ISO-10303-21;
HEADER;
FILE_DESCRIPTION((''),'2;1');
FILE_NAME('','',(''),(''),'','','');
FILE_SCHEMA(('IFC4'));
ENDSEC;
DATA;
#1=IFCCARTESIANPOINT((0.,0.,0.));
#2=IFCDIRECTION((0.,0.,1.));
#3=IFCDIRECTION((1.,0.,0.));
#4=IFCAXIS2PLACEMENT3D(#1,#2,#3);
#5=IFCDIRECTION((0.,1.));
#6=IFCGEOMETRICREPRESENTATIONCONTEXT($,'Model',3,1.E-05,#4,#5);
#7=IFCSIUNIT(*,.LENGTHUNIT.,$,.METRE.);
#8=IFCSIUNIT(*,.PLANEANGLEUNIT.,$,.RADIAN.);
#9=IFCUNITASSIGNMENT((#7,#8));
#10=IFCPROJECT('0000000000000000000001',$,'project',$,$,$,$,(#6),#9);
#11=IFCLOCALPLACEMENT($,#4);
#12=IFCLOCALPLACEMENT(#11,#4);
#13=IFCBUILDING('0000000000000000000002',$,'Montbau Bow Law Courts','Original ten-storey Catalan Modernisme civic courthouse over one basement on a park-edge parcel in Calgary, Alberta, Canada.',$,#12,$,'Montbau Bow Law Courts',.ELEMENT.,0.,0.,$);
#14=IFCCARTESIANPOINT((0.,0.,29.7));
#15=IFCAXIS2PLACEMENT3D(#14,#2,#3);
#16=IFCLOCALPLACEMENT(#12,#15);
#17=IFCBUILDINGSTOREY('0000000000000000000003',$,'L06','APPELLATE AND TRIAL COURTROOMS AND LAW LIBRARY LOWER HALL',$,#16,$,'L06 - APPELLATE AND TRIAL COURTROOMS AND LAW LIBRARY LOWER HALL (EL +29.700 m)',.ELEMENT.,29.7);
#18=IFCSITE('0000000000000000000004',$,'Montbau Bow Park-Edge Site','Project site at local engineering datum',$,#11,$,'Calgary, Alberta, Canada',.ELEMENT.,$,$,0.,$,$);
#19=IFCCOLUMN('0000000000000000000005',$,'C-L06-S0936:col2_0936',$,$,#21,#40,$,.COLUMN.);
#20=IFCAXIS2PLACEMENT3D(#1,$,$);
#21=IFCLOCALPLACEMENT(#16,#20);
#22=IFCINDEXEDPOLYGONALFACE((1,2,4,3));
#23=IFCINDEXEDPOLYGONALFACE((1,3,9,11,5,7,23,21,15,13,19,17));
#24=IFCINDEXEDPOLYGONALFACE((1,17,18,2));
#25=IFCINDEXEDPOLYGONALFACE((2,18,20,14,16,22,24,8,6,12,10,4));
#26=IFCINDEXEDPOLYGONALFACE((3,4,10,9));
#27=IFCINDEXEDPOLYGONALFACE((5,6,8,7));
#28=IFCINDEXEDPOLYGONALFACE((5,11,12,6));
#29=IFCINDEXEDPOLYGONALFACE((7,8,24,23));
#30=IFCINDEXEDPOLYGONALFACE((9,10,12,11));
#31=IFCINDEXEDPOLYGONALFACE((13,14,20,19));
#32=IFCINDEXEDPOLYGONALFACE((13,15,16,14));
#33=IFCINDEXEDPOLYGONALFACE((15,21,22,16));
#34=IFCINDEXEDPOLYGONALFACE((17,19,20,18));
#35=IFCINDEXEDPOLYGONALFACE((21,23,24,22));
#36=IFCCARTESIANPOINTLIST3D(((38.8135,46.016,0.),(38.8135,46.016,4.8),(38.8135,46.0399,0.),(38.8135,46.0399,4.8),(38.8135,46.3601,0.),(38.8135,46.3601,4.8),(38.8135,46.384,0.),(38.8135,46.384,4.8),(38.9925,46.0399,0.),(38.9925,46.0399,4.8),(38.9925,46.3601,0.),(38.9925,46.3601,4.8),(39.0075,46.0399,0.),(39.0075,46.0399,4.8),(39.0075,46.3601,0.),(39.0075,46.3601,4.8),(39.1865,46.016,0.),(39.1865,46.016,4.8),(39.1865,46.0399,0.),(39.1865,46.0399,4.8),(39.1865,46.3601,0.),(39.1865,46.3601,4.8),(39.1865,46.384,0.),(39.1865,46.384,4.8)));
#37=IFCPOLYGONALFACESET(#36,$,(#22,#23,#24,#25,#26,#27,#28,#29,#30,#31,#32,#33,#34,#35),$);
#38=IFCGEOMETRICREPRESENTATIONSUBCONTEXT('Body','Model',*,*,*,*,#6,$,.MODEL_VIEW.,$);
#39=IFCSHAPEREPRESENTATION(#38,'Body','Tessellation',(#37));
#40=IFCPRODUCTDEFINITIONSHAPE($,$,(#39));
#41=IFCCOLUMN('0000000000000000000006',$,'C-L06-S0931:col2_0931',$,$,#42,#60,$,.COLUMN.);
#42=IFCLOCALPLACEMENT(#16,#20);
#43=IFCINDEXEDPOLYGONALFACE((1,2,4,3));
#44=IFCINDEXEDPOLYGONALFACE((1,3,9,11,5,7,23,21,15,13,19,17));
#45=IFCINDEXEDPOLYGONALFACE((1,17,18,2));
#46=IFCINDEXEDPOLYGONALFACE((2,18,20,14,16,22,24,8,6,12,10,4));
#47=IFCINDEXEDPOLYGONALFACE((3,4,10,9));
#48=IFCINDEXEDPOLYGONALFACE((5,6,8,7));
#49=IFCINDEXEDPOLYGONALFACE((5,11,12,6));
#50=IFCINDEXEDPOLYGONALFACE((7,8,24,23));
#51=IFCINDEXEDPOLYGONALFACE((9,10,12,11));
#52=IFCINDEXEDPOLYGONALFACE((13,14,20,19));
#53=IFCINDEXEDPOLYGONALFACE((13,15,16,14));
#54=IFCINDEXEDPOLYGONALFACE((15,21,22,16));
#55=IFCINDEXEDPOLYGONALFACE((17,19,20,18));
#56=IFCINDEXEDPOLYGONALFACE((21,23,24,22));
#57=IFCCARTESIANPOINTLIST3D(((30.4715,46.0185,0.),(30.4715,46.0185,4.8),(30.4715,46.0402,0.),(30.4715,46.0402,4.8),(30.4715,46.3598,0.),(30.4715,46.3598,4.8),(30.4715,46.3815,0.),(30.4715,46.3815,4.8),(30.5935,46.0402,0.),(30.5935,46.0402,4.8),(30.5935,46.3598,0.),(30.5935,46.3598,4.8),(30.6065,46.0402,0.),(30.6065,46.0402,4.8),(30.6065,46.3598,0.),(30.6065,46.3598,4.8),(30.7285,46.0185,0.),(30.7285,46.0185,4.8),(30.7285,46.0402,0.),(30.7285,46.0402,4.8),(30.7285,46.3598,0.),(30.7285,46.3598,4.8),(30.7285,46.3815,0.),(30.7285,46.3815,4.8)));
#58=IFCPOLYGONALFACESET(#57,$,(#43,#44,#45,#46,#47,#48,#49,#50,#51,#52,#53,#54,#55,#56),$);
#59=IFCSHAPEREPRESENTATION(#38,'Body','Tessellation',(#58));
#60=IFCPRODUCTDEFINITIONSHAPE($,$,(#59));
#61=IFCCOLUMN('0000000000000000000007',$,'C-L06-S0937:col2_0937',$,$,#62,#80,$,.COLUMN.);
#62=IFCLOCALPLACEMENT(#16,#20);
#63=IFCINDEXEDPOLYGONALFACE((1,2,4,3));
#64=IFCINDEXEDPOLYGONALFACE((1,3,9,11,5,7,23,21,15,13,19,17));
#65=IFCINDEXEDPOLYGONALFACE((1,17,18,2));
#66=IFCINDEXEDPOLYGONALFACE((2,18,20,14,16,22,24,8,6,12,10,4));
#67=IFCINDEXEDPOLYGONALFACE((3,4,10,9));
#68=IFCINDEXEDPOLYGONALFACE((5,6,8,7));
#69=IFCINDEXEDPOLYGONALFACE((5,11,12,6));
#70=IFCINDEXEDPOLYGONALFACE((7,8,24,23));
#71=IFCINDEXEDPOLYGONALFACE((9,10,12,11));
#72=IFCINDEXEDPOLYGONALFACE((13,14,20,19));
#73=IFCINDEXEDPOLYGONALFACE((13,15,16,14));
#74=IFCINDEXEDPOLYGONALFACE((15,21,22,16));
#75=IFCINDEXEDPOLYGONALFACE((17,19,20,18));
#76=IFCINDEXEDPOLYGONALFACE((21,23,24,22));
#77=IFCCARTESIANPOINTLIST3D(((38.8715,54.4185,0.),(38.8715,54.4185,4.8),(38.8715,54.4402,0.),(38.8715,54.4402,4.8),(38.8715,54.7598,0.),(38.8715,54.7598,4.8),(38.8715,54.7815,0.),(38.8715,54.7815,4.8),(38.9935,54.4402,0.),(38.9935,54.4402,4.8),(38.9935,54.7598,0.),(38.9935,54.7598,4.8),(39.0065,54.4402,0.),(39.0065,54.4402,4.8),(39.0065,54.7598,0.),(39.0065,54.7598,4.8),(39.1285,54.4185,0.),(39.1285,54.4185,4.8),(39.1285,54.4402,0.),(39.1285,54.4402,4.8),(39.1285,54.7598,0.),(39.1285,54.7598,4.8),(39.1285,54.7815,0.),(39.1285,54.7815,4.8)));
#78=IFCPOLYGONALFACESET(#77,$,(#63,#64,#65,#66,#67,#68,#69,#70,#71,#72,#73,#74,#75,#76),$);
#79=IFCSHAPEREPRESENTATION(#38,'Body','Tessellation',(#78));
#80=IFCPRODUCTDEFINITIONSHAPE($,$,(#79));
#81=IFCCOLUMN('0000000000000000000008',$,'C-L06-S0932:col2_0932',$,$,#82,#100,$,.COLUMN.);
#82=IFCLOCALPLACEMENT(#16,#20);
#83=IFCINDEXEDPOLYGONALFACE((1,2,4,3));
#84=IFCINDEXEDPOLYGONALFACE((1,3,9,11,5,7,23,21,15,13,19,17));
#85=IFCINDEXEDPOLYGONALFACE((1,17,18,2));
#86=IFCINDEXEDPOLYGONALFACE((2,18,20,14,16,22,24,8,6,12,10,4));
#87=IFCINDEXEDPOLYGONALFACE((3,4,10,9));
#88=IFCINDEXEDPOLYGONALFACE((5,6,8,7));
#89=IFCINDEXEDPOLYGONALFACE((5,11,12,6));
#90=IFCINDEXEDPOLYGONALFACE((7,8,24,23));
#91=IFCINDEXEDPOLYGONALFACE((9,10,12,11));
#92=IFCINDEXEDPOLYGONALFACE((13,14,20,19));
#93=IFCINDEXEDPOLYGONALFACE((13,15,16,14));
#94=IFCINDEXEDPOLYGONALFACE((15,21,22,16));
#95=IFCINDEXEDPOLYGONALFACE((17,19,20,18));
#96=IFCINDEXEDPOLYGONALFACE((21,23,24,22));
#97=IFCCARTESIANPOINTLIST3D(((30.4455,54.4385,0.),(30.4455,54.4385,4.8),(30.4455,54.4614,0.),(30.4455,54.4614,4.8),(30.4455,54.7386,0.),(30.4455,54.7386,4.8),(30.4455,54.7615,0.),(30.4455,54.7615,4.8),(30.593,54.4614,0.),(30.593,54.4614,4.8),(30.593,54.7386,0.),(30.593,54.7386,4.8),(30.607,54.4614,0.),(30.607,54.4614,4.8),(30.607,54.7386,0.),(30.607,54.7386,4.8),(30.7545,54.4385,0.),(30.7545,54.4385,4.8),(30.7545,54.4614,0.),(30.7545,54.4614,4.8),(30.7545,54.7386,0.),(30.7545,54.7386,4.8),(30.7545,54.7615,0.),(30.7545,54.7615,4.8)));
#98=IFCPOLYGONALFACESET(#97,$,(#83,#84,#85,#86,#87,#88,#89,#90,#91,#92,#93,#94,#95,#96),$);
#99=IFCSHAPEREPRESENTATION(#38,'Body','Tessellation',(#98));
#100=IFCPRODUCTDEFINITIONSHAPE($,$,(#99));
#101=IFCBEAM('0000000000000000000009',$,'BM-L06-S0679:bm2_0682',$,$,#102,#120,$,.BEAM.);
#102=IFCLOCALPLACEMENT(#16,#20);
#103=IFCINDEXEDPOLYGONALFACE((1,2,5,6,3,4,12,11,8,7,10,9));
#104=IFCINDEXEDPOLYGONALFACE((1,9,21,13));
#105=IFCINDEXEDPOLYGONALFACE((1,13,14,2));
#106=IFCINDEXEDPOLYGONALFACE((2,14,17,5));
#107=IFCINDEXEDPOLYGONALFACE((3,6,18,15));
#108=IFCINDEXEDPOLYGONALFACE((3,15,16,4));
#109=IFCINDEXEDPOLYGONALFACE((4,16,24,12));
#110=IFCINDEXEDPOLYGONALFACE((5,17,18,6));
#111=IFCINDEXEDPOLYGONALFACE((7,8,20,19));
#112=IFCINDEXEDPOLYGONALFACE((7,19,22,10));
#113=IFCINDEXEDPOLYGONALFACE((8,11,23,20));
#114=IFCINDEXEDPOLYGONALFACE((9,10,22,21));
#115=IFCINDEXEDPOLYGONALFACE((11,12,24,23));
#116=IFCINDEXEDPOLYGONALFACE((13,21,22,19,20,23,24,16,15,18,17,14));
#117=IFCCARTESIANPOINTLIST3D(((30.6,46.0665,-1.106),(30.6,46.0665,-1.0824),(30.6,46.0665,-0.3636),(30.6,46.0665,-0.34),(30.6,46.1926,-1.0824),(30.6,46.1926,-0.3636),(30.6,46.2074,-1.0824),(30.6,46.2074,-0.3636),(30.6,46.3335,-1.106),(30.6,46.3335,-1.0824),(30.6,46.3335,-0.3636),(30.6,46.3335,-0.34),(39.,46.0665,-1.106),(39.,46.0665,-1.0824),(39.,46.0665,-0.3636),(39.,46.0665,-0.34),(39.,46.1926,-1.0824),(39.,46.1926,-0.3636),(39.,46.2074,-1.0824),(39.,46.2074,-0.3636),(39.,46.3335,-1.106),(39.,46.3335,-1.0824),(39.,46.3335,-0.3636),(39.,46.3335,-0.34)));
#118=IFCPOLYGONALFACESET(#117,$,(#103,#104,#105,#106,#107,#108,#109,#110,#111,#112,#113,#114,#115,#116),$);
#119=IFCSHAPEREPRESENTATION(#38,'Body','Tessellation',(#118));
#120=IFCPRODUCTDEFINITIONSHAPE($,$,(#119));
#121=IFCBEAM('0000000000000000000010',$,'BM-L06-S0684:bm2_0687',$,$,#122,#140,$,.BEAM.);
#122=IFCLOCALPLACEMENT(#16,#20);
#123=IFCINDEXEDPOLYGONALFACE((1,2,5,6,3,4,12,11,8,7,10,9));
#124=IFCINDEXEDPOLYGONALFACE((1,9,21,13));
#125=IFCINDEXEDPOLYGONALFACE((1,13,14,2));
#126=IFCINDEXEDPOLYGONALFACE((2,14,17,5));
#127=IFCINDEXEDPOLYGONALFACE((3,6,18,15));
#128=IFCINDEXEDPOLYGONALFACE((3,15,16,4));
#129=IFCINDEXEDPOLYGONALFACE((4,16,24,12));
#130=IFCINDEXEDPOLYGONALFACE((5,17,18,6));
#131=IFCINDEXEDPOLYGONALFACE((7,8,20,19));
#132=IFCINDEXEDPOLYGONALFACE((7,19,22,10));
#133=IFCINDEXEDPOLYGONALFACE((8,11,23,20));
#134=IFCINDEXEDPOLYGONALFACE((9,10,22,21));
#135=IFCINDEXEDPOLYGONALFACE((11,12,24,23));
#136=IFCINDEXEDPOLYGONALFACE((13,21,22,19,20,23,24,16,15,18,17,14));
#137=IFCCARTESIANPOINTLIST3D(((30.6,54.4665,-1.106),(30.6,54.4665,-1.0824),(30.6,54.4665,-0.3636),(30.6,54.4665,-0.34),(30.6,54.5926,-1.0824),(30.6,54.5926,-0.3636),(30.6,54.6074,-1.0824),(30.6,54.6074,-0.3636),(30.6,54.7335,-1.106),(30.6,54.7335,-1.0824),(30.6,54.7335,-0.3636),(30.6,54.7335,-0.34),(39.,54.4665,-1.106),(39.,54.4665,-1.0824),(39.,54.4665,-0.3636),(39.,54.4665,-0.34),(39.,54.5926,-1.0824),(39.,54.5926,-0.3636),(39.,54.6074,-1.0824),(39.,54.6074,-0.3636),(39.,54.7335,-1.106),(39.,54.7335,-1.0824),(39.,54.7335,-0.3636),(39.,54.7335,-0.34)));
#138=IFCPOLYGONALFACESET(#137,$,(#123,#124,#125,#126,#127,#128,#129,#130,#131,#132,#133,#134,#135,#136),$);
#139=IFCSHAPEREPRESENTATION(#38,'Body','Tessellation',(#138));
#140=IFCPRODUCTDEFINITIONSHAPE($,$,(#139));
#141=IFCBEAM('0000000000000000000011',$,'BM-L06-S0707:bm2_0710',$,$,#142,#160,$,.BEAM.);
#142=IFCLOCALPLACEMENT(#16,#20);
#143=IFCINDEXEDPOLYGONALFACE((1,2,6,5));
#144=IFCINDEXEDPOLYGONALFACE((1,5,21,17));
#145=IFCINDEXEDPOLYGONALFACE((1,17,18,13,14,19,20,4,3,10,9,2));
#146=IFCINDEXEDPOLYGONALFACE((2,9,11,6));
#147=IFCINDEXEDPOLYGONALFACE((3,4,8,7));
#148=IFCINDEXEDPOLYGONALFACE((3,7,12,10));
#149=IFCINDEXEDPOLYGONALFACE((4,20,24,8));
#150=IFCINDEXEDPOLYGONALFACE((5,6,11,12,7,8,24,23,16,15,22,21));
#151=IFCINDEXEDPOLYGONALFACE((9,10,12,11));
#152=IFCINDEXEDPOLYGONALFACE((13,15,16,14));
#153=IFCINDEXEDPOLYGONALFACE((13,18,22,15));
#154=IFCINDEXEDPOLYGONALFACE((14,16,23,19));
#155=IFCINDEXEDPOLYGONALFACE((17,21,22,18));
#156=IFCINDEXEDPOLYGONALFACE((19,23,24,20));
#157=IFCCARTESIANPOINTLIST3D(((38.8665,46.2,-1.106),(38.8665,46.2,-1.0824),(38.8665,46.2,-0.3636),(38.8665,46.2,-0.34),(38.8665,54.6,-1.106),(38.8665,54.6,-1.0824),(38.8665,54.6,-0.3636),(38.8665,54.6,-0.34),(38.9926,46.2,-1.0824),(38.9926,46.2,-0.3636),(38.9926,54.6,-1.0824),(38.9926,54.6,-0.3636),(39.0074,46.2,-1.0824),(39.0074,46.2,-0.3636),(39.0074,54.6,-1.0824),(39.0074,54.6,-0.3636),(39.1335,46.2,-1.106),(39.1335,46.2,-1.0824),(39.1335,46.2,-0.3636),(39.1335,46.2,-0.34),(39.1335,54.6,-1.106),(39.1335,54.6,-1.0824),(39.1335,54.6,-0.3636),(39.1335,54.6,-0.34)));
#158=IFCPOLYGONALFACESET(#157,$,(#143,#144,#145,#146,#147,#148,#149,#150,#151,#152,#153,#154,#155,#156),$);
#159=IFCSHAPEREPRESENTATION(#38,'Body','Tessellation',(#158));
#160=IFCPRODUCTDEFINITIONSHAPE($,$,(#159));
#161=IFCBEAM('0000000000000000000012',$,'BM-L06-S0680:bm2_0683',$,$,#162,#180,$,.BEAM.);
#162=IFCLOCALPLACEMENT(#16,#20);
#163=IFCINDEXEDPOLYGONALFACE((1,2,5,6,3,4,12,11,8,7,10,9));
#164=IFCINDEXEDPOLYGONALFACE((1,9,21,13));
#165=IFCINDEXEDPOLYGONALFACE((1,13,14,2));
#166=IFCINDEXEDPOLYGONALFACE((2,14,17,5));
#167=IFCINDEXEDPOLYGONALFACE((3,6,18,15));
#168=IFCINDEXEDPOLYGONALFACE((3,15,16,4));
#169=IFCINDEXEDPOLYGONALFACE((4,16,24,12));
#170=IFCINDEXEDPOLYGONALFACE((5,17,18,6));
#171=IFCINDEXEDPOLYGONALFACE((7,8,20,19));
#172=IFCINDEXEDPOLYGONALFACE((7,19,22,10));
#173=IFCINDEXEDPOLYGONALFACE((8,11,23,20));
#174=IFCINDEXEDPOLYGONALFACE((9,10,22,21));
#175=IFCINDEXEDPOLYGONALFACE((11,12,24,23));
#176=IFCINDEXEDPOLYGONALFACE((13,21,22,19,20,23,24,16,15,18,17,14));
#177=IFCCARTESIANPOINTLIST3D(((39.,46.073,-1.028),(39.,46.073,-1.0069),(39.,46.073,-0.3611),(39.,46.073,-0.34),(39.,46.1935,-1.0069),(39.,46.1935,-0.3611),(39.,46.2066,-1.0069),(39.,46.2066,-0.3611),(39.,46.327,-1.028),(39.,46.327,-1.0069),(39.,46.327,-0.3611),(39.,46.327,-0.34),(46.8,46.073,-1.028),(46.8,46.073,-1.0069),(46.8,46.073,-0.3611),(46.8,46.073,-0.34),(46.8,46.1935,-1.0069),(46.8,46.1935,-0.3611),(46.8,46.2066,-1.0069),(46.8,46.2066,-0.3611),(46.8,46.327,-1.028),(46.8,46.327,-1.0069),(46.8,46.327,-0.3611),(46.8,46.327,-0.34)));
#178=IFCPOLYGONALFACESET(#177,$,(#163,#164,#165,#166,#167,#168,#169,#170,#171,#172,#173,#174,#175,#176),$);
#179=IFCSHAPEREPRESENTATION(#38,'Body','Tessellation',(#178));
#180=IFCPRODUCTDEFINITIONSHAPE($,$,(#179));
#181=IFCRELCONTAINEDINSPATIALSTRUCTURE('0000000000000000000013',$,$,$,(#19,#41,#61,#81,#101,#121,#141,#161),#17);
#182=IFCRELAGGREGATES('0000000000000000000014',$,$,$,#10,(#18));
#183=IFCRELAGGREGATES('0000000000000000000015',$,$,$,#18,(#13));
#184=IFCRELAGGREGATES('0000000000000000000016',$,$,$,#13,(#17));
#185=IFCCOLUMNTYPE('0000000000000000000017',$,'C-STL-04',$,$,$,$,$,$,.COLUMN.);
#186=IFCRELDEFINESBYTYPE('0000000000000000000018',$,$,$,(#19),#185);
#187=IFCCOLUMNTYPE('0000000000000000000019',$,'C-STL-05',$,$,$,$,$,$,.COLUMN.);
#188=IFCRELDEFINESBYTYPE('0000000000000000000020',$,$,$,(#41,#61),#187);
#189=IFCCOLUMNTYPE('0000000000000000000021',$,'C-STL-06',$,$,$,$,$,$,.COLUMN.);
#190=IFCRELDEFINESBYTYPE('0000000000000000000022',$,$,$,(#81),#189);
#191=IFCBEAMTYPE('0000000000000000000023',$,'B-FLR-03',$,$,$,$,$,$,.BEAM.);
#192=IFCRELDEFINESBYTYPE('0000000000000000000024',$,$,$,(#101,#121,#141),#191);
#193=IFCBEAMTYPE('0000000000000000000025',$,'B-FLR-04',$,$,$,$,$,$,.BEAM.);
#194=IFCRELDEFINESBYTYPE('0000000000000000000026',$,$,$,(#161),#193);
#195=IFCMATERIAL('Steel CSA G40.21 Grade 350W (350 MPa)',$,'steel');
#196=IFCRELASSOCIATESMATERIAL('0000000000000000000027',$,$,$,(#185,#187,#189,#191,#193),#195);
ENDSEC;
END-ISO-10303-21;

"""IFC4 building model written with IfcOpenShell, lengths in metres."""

from ifc_helpers import new_model, si_unit, direction, frame, origin_with_axes, origin_2d_with_axis, place, context, subcontext, project, spatial, i_section, extrude, material, material_profile, profile_set, type_object, element, save


model = new_model("IFC4")

# Units and contexts
model_context = context("Model", 3, precision=1e-05, world=origin_with_axes(), true_north=direction((0.0, 1.0)))
body_context = subcontext(model_context, "Body", "Model", "MODEL_VIEW")
ifc_project = project(units=[si_unit("LENGTHUNIT", "METRE"), si_unit("PLANEANGLEUNIT", "RADIAN")], contexts=[model_context])

# Site, building, storey
site_placement = place(None, origin_with_axes())
site = spatial("IfcSite", under=ifc_project, at=site_placement, Name="Montbau Bow Park-Edge Site", Description="Project site at local engineering datum", LongName="Calgary, Alberta, Canada", CompositionType="ELEMENT", RefElevation=0.0)
building_placement = place(site_placement, origin_with_axes())
building = spatial("IfcBuilding", under=site, at=building_placement, Name="Montbau Bow Law Courts", Description="Original ten-storey Catalan Modernisme civic courthouse over one basement on a park-edge parcel in Calgary, Alberta, Canada.", LongName="Montbau Bow Law Courts", CompositionType="ELEMENT", ElevationOfRefHeight=0.0, ElevationOfTerrain=0.0)
storey_placement = place(building_placement, frame((0.0, 0.0, 29.7), z_axis=(0.0, 0.0, 1.0), x_axis=(1.0, 0.0, 0.0)))
storey = spatial("IfcBuildingStorey", under=building, at=storey_placement, Name="L06", Description="APPELLATE AND TRIAL COURTROOMS AND LAW LIBRARY LOWER HALL", LongName="L06 - APPELLATE AND TRIAL COURTROOMS AND LAW LIBRARY LOWER HALL (EL +29.700 m)", CompositionType="ELEMENT", Elevation=29.7)

# Columns
ifc_material_1 = material(Name="Steel CSA G40.21 Grade 350W (350 MPa)", Category="steel")
ifc_material_profile_1 = material_profile(ifc_material_1, i_section(OverallWidth=0.373, OverallDepth=0.368, WebThickness=0.015, FlangeThickness=0.0239, at=origin_2d_with_axis()), Name="W360X179", Category="Main", Priority=0)
ifc_profile_set_1 = profile_set([ifc_material_profile_1], Name="Steel CSA G40.21 Grade 350W (350 MPa)")
column_type_1 = type_object("IfcColumnType", Name="C-STL-04", PredefinedType="COLUMN", material=ifc_profile_set_1)
column_1_placement = place(None, frame((39.0, 46.2, 29.7), z_axis=(0.0, 0.0, 1.0), x_axis=(1.0, 0.0, 0.0)))
element("IfcColumn", 1, at=column_1_placement, inside=storey, type_object=column_type_1, Name="C-L06-S0936:col2_0936", PredefinedType="COLUMN", context=body_context, shape_type="SweptSolid", body=[
    extrude(i_section(OverallWidth=0.373, OverallDepth=0.368, WebThickness=0.015, FlangeThickness=0.0239, at=origin_2d_with_axis()), origin_with_axes(), (0.0, 0.0, 1.0), 4.8),
])
ifc_material_profile_2 = material_profile(ifc_material_1, i_section(OverallWidth=0.257, OverallDepth=0.363, WebThickness=0.013, FlangeThickness=0.0217, at=origin_2d_with_axis()), Name="W360X122", Category="Main", Priority=0)
ifc_profile_set_2 = profile_set([ifc_material_profile_2], Name="Steel CSA G40.21 Grade 350W (350 MPa)")
column_type_2 = type_object("IfcColumnType", Name="C-STL-05", PredefinedType="COLUMN", material=ifc_profile_set_2)
for number, where, z_axis, x_axis, name in (
    (2, (30.6, 46.2, 29.7), (0.0, 0.0, 1.0), (1.0, 0.0, 0.0), "C-L06-S0931:col2_0931"),
    (3, (39.0, 54.6, 29.7), (0.0, 0.0, 1.0), (1.0, 0.0, 0.0), "C-L06-S0937:col2_0937"),
):
    element("IfcColumn", number, at=place(None, frame(where, z_axis=z_axis, x_axis=x_axis)), inside=storey, type_object=column_type_2, Name=name, PredefinedType="COLUMN", context=body_context, shape_type="SweptSolid", body=[
        extrude(i_section(OverallWidth=0.257, OverallDepth=0.363, WebThickness=0.013, FlangeThickness=0.0217, at=origin_2d_with_axis()), origin_with_axes(), (0.0, 0.0, 1.0), 4.8),
    ])
ifc_material_profile_3 = material_profile(ifc_material_1, i_section(OverallWidth=0.309, OverallDepth=0.323, WebThickness=0.014, FlangeThickness=0.0229, at=origin_2d_with_axis()), Name="W310X143", Category="Main", Priority=0)
ifc_profile_set_3 = profile_set([ifc_material_profile_3], Name="Steel CSA G40.21 Grade 350W (350 MPa)")
column_type_3 = type_object("IfcColumnType", Name="C-STL-06", PredefinedType="COLUMN", material=ifc_profile_set_3)
column_2_placement = place(None, frame((30.6, 54.6, 29.7), z_axis=(0.0, 0.0, 1.0), x_axis=(1.0, 0.0, 0.0)))
element("IfcColumn", 4, at=column_2_placement, inside=storey, type_object=column_type_3, Name="C-L06-S0932:col2_0932", PredefinedType="COLUMN", context=body_context, shape_type="SweptSolid", body=[
    extrude(i_section(OverallWidth=0.309, OverallDepth=0.323, WebThickness=0.014, FlangeThickness=0.0229, at=origin_2d_with_axis()), origin_with_axes(), (0.0, 0.0, 1.0), 4.8),
])

# Beams
ifc_material_profile_4 = material_profile(ifc_material_1, i_section(OverallWidth=0.267, OverallDepth=0.766, WebThickness=0.0149, FlangeThickness=0.0236, at=origin_2d_with_axis()), Name="W760X185", Category="Main", Priority=0)
ifc_profile_set_4 = profile_set([ifc_material_profile_4], Name="Steel CSA G40.21 Grade 350W (350 MPa)")
beam_type_1 = type_object("IfcBeamType", Name="B-FLR-03", PredefinedType="BEAM", material=ifc_profile_set_4)
for number, where, z_axis, x_axis, name in (
    (5, (30.6, 46.2, 28.977), (1.0, 0.0, 0.0), (0.0, 1.0, 0.0), "BM-L06-S0679:bm2_0682"),
    (6, (30.6, 54.6, 28.977), (1.0, 0.0, 0.0), (0.0, 1.0, 0.0), "BM-L06-S0684:bm2_0687"),
    (7, (39.0, 46.2, 28.977), (0.0, 1.0, 0.0), (-1.0, 0.0, 0.0), "BM-L06-S0707:bm2_0710"),
):
    element("IfcBeam", number, at=place(None, frame(where, z_axis=z_axis, x_axis=x_axis)), inside=storey, type_object=beam_type_1, Name=name, PredefinedType="BEAM", context=body_context, shape_type="SweptSolid", body=[
        extrude(i_section(OverallWidth=0.267, OverallDepth=0.766, WebThickness=0.0149, FlangeThickness=0.0236, at=origin_2d_with_axis()), origin_with_axes(), (0.0, 0.0, 1.0), 8.4),
    ])
ifc_material_profile_5 = material_profile(ifc_material_1, i_section(OverallWidth=0.254, OverallDepth=0.688, WebThickness=0.0131, FlangeThickness=0.0211, at=origin_2d_with_axis()), Name="W690X152", Category="Main", Priority=0)
ifc_profile_set_5 = profile_set([ifc_material_profile_5], Name="Steel CSA G40.21 Grade 350W (350 MPa)")
beam_type_2 = type_object("IfcBeamType", Name="B-FLR-04", PredefinedType="BEAM", material=ifc_profile_set_5)
for number, where, z_axis, x_axis, name in (
    (8, (39.0, 46.2, 29.016), (1.0, 0.0, 0.0), (0.0, 1.0, 0.0), "BM-L06-S0680:bm2_0683"),
):
    element("IfcBeam", number, at=place(None, frame(where, z_axis=z_axis, x_axis=x_axis)), inside=storey, type_object=beam_type_2, Name=name, PredefinedType="BEAM", context=body_context, shape_type="SweptSolid", body=[
        extrude(i_section(OverallWidth=0.254, OverallDepth=0.688, WebThickness=0.0131, FlangeThickness=0.0211, at=origin_2d_with_axis()), origin_with_axes(), (0.0, 0.0, 1.0), 7.8),
    ])

save(model, "model.ifc")
